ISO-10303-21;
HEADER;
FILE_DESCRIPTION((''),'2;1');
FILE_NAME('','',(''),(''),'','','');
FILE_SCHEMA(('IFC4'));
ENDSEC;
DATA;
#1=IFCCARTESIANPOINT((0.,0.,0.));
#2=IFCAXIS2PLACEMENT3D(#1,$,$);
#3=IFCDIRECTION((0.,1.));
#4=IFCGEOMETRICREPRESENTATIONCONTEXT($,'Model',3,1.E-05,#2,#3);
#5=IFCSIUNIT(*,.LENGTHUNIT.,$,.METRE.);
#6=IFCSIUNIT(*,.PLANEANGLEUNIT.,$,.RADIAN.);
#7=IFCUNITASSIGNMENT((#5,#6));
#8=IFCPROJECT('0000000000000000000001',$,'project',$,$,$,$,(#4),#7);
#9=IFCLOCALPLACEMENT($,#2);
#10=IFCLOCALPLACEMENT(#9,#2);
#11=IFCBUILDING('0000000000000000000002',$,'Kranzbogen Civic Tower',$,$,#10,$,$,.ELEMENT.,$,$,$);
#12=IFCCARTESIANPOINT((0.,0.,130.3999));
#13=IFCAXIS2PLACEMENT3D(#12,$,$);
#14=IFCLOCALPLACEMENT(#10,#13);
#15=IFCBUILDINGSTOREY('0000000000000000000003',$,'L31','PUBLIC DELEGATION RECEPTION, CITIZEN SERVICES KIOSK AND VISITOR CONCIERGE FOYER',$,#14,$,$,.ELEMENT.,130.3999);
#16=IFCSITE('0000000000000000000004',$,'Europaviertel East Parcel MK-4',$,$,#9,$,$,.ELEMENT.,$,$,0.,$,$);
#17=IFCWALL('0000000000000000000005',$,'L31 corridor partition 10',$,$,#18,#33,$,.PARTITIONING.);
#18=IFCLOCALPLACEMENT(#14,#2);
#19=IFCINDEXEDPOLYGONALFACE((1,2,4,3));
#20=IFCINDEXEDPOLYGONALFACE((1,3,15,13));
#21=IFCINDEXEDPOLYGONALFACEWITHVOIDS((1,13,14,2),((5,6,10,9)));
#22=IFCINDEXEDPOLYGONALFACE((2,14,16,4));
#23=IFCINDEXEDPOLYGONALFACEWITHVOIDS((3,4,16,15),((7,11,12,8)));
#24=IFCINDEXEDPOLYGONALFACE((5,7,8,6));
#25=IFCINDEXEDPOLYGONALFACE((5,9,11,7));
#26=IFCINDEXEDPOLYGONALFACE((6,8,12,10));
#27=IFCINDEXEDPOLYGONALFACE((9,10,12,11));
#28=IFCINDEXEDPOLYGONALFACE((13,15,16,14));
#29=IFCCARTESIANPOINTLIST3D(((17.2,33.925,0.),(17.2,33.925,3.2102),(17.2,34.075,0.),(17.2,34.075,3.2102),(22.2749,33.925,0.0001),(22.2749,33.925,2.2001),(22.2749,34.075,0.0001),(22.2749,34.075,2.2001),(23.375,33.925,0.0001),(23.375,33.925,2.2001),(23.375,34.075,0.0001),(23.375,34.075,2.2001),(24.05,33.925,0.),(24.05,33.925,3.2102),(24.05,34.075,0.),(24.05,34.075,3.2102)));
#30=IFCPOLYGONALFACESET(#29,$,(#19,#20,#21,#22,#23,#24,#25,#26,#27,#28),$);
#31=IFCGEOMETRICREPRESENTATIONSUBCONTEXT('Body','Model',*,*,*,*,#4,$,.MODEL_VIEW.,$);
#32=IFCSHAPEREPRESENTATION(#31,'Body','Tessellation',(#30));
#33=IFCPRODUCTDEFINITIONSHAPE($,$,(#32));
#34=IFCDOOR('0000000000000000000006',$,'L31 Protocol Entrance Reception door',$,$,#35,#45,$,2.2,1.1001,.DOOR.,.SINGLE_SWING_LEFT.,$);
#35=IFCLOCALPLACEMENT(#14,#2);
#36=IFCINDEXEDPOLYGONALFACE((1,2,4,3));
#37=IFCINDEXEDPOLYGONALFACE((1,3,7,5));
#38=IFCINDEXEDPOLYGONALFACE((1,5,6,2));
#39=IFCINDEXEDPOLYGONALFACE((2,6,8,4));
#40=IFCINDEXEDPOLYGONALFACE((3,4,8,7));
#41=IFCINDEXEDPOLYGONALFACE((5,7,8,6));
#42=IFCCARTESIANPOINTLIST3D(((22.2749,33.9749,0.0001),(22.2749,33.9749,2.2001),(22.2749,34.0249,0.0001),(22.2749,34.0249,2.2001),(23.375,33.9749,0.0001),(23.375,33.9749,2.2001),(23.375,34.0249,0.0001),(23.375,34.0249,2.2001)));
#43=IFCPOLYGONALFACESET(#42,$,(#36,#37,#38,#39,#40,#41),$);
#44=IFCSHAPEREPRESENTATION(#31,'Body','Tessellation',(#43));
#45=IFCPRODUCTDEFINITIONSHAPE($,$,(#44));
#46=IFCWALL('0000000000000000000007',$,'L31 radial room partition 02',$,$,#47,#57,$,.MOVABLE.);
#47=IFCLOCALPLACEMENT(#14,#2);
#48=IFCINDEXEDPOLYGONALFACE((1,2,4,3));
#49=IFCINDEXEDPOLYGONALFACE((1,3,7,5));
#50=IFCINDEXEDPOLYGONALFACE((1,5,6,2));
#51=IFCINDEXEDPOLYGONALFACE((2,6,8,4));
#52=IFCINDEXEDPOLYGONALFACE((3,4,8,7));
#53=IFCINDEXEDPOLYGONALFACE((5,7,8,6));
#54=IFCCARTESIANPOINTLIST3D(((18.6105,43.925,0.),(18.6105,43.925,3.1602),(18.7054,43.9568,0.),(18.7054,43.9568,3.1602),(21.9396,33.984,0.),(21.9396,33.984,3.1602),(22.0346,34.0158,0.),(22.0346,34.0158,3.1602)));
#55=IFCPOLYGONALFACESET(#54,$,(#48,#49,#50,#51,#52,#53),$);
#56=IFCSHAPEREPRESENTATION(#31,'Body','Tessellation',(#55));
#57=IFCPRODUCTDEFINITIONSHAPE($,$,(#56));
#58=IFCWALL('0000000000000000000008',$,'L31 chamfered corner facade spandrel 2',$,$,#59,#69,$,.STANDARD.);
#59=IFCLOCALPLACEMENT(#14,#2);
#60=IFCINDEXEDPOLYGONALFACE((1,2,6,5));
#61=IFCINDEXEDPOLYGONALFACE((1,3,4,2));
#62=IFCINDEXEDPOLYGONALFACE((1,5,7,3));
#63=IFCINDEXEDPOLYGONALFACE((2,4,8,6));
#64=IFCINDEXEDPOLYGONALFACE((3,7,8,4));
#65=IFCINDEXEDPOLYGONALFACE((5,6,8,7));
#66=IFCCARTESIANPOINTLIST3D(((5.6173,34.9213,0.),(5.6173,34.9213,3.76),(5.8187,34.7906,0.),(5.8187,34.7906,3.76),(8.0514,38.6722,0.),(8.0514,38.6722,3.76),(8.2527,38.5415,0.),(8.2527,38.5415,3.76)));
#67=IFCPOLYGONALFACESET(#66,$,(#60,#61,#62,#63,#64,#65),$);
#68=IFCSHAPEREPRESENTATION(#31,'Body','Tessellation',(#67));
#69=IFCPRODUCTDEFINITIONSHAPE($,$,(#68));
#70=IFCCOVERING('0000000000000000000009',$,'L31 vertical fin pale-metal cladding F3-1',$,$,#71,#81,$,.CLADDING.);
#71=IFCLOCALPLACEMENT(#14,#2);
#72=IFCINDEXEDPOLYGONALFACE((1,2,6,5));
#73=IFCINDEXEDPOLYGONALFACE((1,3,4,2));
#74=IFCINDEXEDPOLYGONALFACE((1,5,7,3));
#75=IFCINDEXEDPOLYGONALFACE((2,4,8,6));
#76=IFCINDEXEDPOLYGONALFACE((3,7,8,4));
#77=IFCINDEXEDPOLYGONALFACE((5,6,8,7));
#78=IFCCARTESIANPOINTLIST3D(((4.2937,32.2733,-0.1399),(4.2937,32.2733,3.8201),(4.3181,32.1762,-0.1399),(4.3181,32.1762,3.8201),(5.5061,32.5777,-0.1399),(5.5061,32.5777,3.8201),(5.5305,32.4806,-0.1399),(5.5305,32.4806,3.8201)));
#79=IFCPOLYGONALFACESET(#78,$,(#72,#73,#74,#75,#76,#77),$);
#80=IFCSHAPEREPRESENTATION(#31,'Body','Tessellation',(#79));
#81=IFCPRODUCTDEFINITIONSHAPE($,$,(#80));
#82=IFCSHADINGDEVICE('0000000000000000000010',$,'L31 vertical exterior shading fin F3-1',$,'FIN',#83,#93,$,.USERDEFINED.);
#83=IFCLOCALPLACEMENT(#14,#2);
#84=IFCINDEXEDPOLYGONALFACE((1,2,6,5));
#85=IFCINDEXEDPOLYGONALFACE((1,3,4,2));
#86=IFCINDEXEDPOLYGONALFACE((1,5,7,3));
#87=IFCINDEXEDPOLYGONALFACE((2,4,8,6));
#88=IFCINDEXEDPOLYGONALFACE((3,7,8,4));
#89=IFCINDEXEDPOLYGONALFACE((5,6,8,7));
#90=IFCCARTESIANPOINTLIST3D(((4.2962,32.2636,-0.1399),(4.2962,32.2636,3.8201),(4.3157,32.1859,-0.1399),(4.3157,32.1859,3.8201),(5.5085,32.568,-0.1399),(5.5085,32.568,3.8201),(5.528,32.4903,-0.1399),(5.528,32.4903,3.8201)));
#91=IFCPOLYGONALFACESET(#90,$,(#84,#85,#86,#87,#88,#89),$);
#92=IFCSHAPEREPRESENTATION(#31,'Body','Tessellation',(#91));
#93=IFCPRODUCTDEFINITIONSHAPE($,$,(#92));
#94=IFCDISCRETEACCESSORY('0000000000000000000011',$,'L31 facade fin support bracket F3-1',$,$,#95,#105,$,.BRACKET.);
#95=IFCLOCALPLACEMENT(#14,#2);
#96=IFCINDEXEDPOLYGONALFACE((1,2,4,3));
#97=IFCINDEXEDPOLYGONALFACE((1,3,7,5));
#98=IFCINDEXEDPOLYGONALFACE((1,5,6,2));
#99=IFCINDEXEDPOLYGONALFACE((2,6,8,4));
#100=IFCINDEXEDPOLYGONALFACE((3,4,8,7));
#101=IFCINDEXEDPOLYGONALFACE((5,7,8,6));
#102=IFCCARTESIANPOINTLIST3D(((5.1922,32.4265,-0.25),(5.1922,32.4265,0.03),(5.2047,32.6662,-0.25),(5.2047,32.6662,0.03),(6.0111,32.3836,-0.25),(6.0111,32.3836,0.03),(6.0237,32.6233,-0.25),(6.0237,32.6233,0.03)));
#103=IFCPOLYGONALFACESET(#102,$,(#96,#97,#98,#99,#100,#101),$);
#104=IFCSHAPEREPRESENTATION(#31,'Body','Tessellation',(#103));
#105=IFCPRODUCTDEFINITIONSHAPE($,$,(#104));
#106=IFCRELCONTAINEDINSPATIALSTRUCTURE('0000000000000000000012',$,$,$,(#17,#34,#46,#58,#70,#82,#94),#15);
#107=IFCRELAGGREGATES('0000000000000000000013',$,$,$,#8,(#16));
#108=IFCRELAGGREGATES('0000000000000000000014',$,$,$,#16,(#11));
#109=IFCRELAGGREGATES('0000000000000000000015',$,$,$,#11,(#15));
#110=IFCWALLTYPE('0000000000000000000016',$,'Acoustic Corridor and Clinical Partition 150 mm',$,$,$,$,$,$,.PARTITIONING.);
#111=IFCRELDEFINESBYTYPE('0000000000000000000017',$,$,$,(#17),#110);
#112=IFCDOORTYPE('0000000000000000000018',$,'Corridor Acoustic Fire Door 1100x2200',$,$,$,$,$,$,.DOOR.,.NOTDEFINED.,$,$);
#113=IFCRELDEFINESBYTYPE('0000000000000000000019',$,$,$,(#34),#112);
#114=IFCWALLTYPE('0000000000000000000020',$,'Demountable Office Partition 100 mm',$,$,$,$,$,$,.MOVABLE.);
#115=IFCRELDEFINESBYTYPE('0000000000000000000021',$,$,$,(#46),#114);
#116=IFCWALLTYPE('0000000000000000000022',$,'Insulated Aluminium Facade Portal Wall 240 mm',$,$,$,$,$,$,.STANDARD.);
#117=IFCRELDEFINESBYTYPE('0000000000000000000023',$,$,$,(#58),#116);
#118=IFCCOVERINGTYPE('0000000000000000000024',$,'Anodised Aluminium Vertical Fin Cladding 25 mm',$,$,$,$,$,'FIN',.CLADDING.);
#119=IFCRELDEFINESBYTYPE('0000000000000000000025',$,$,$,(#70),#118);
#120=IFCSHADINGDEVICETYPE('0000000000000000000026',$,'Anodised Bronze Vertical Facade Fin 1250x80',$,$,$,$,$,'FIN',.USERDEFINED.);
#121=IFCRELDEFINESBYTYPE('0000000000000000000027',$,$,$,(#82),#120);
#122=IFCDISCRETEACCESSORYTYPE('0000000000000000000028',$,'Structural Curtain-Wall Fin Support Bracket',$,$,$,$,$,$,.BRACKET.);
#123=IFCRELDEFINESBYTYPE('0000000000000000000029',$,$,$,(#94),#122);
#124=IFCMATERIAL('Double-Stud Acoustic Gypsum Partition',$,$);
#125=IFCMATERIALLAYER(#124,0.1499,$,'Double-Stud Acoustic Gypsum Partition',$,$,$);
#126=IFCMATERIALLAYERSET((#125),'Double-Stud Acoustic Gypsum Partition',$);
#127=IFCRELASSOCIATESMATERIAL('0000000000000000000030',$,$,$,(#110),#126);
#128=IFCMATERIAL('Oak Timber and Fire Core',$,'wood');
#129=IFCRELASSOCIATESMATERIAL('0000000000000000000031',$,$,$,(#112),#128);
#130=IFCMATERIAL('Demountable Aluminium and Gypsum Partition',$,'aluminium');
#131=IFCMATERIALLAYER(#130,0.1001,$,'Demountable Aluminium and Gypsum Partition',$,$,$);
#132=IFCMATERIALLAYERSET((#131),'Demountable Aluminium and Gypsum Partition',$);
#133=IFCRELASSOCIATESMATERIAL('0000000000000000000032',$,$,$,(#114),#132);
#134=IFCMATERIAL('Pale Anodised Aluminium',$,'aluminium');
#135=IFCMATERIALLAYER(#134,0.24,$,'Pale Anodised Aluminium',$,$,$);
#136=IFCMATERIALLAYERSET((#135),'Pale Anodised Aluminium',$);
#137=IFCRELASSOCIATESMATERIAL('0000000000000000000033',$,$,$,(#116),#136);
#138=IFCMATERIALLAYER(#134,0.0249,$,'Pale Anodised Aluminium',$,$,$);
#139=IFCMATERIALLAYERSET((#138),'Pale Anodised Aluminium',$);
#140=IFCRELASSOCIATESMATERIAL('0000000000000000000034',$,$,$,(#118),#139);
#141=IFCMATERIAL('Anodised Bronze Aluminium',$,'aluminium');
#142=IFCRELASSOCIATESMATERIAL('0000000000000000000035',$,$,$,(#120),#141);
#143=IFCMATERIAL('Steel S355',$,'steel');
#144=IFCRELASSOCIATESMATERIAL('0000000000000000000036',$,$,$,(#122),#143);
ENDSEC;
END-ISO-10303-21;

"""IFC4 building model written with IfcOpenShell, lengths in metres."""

from ifc_helpers import new_model, si_unit, direction, frame, frame_2d, origin, origin_2d, place, context, subcontext, project, spatial, rectangle, extrude, material, layer, layer_set, type_object, element, fill, save


model = new_model("IFC4")

# Units and contexts
model_context = context("Model", 3, precision=1e-05, world=origin(), true_north=direction((0.0, 1.0)))
body_context = subcontext(model_context, "Body", "Model", "MODEL_VIEW")
ifc_project = project(units=[si_unit("LENGTHUNIT", "METRE"), si_unit("PLANEANGLEUNIT", "RADIAN")], contexts=[model_context])

# Site, building, storey
site_placement = place(None, origin())
site = spatial("IfcSite", under=ifc_project, at=site_placement, Name="Europaviertel East Parcel MK-4", CompositionType="ELEMENT", RefElevation=0.0)
building_placement = place(site_placement, origin())
building = spatial("IfcBuilding", under=site, at=building_placement, Name="Kranzbogen Civic Tower", CompositionType="ELEMENT")
storey_placement = place(building_placement, frame((0.0, 0.0, 130.3999)))
storey = spatial("IfcBuildingStorey", under=building, at=storey_placement, Name="L31", Description="PUBLIC DELEGATION RECEPTION, CITIZEN SERVICES KIOSK AND VISITOR CONCIERGE FOYER", CompositionType="ELEMENT", Elevation=130.3999)

# Shared definitions
ifc_material_1 = material(Name="Pale Anodised Aluminium", Category="aluminium")

# Shared definitions
ifc_material_2 = material(Name="Steel S355", Category="steel")

# Shared definitions
ifc_material_3 = material(Name="Double-Stud Acoustic Gypsum Partition")
ifc_layer_1 = layer(ifc_material_3, 0.1499, Name="Double-Stud Acoustic Gypsum Partition")
ifc_layer_set_1 = layer_set([ifc_layer_1], Name="Double-Stud Acoustic Gypsum Partition")
wall_type_1 = type_object("IfcWallType", Name="Acoustic Corridor and Clinical Partition 150 mm", PredefinedType="PARTITIONING", material=ifc_layer_set_1)

# Wall, opening, door
wall_1_placement = place(storey_placement, frame((17.2, 34.0, 0.0), z_axis=(0.0, 0.0, 1.0), x_axis=(1.0, 0.0, 0.0)))
wall_1 = element("IfcWall", 1, at=wall_1_placement, inside=storey, type_object=wall_type_1, Name="L31 corridor partition 10", PredefinedType="PARTITIONING", context=body_context, shape_type="SweptSolid", body=[
    extrude(rectangle(XDim=6.8501, YDim=0.1499, at=frame_2d((3.425, 0.0))), origin(), (0.0, 0.0, 1.0), 3.2102),
])
opening_placement = place(wall_1_placement, frame((5.075, 0.0, 0.0)))
opening = element("IfcOpeningElement", 2, at=opening_placement, cuts=wall_1, PredefinedType="OPENING", context=body_context, shape_type="SweptSolid", body=[
    extrude(rectangle(XDim=1.1001, YDim=2.2, at=frame_2d((0.55, 1.1001))), frame((0.0, 0.085, 0.0), z_axis=(0.0, -1.0, 0.0), x_axis=(1.0, 0.0, 0.0)), (0.0, 0.0, 1.0), 0.1699),
])
ifc_material_4 = material(Name="Oak Timber and Fire Core", Category="wood")
door_type = type_object("IfcDoorType", Name="Corridor Acoustic Fire Door 1100x2200", OperationType="NOTDEFINED", PredefinedType="DOOR", material=ifc_material_4)
door_placement = place(opening_placement, origin())
door = element("IfcDoor", 3, at=door_placement, inside=storey, type_object=door_type, Name="L31 Protocol Entrance Reception door", OperationType="SINGLE_SWING_LEFT", OverallHeight=2.2, OverallWidth=1.1001, PredefinedType="DOOR", context=body_context, shape_type="SweptSolid", body=[
    extrude(rectangle(XDim=1.1001, YDim=2.2, at=frame_2d((0.55, 1.1001))), frame((0.0, 0.0249, 0.0), z_axis=(0.0, -1.0, 0.0), x_axis=(1.0, 0.0, 0.0)), (0.0, 0.0, 1.0), 0.05),
])
fill(opening, door)

# Walls
ifc_material_5 = material(Name="Demountable Aluminium and Gypsum Partition", Category="aluminium")
ifc_layer_2 = layer(ifc_material_5, 0.1001, Name="Demountable Aluminium and Gypsum Partition")
ifc_layer_set_2 = layer_set([ifc_layer_2], Name="Demountable Aluminium and Gypsum Partition")
wall_type_2 = type_object("IfcWallType", Name="Demountable Office Partition 100 mm", PredefinedType="MOVABLE", material=ifc_layer_set_2)
wall_2_placement = place(storey_placement, frame((21.9871, 34.0, 0.0), z_axis=(0.0, 0.0, 1.0), x_axis=(-0.317555, 0.94824, 0.0)))
element("IfcWall", 4, at=wall_2_placement, inside=storey, type_object=wall_type_2, Name="L31 radial room partition 02", PredefinedType="MOVABLE", context=body_context, shape_type="SweptSolid", body=[
    extrude(rectangle(XDim=10.4836, YDim=0.1001, at=frame_2d((5.2417, 0.0))), origin(), (0.0, 0.0, 1.0), 3.1602),
])
ifc_layer_3 = layer(ifc_material_1, 0.24, Name="Pale Anodised Aluminium")
ifc_layer_set_3 = layer_set([ifc_layer_3], Name="Pale Anodised Aluminium")
wall_type_3 = type_object("IfcWallType", Name="Insulated Aluminium Facade Portal Wall 240 mm", PredefinedType="STANDARD", material=ifc_layer_set_3)
wall_3_placement = place(storey_placement, frame((8.1521, 38.6069, 0.0), z_axis=(0.0, 0.0, 1.0), x_axis=(-0.544351, -0.838858, 0.0)))
element("IfcWall", 5, at=wall_3_placement, inside=storey, type_object=wall_type_3, Name="L31 chamfered corner facade spandrel 2", PredefinedType="STANDARD", context=body_context, shape_type="SweptSolid", body=[
    extrude(rectangle(XDim=4.4714, YDim=0.24, at=frame_2d((2.2358, 0.0))), origin(), (0.0, 0.0, 1.0), 3.76),
])

# Covering
ifc_layer_4 = layer(ifc_material_1, 0.0249, Name="Pale Anodised Aluminium")
ifc_layer_set_4 = layer_set([ifc_layer_4], Name="Pale Anodised Aluminium")
covering_type = type_object("IfcCoveringType", Name="Anodised Aluminium Vertical Fin Cladding 25 mm", ElementType="FIN", PredefinedType="CLADDING", material=ifc_layer_set_4)
covering_placement = place(storey_placement, frame((4.9121, 32.377, -0.1399), z_axis=(0.0, 0.0, 1.0), x_axis=(-0.969889, -0.243547, 0.0)))
element("IfcCovering", 6, at=covering_placement, inside=storey, type_object=covering_type, Name="L31 vertical fin pale-metal cladding F3-1", PredefinedType="CLADDING", context=body_context, shape_type="SweptSolid", body=[
    extrude(rectangle(XDim=1.25, YDim=0.1001, at=origin_2d()), origin(), (0.0, 0.0, 1.0), 3.96),
])

# Shading device
ifc_material_6 = material(Name="Anodised Bronze Aluminium", Category="aluminium")
shading_device_type = type_object("IfcShadingDeviceType", Name="Anodised Bronze Vertical Facade Fin 1250x80", ElementType="FIN", PredefinedType="USERDEFINED", material=ifc_material_6)
shading_device_placement = place(storey_placement, frame((4.9121, 32.377, -0.1399), z_axis=(0.0, 0.0, 1.0), x_axis=(-0.969889, -0.243547, 0.0)))
element("IfcShadingDevice", 7, at=shading_device_placement, inside=storey, type_object=shading_device_type, Name="L31 vertical exterior shading fin F3-1", ObjectType="FIN", PredefinedType="USERDEFINED", context=body_context, shape_type="SweptSolid", body=[
    extrude(rectangle(XDim=1.25, YDim=0.0801, at=origin_2d()), origin(), (0.0, 0.0, 1.0), 3.96),
])

# Discrete accessory
discrete_accessory_type = type_object("IfcDiscreteAccessoryType", Name="Structural Curtain-Wall Fin Support Bracket", PredefinedType="BRACKET", material=ifc_material_2)
discrete_accessory_placement = place(storey_placement, frame((5.6079, 32.5249, -0.25), z_axis=(0.0, 0.0, 1.0), x_axis=(-0.99863, 0.052336, 0.0)))
element("IfcDiscreteAccessory", 8, at=discrete_accessory_placement, inside=storey, type_object=discrete_accessory_type, Name="L31 facade fin support bracket F3-1", PredefinedType="BRACKET", context=body_context, shape_type="SweptSolid", body=[
    extrude(rectangle(XDim=0.8201, YDim=0.24, at=origin_2d()), origin(), (0.0, 0.0, 1.0), 0.28),
])

save(model, "model.ifc")
